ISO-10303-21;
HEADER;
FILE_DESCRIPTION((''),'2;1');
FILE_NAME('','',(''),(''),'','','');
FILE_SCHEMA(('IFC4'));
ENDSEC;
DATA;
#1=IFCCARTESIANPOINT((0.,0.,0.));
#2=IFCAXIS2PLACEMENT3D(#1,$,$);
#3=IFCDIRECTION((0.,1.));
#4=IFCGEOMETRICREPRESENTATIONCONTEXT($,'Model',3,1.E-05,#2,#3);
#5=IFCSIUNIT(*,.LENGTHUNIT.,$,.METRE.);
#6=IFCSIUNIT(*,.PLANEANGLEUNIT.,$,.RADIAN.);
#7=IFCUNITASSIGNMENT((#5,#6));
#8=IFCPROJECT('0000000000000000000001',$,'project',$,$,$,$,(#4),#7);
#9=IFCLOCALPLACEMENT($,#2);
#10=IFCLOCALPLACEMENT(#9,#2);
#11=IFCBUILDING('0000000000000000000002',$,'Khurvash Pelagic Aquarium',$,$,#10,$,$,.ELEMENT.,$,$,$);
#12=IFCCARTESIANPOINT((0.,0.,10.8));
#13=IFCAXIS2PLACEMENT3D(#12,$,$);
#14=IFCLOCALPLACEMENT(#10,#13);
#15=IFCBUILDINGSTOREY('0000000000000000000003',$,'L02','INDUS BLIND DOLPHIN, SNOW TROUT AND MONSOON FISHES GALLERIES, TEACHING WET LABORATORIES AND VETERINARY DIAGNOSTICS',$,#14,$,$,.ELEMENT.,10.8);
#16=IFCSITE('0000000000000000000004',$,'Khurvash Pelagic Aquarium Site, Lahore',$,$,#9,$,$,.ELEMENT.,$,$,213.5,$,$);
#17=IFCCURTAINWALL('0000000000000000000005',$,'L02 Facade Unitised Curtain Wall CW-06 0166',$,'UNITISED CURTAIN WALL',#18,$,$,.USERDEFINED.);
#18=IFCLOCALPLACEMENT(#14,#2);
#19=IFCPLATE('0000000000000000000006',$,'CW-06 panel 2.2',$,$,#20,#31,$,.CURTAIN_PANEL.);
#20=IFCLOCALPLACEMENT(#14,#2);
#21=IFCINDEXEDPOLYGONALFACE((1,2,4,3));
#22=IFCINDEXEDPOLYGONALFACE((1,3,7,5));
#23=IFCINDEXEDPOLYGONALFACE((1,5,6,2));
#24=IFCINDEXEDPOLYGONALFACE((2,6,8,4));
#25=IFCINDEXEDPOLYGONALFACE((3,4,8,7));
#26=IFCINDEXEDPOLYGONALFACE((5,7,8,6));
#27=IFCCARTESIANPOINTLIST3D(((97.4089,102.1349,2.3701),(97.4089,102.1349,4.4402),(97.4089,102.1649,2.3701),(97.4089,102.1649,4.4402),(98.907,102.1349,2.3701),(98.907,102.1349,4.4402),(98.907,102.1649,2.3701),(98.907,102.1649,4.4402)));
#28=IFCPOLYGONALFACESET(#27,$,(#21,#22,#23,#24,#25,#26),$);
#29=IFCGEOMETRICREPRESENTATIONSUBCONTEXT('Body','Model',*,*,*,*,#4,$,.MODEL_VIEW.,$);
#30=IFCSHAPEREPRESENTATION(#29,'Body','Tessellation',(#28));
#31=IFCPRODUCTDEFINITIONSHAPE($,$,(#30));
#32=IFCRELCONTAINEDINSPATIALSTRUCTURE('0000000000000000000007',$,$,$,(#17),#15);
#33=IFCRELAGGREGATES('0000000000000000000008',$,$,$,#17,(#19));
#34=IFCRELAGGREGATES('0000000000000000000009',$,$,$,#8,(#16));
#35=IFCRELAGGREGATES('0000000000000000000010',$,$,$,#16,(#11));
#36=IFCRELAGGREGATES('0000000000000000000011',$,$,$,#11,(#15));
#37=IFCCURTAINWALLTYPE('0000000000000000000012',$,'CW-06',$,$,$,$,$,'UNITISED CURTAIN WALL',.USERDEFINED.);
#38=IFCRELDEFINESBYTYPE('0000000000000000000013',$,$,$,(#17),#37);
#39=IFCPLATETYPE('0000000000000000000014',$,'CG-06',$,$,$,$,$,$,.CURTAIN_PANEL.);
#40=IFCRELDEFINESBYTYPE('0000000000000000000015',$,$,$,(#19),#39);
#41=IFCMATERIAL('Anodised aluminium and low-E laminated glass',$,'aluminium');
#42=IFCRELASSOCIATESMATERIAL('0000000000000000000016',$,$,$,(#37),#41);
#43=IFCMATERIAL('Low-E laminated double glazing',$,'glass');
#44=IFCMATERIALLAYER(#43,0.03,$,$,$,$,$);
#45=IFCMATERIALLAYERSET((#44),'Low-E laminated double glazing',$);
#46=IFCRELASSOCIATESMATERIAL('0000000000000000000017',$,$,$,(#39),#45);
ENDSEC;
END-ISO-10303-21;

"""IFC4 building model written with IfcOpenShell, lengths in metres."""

from ifc_helpers import new_model, si_unit, direction, frame, origin, origin_2d, place, context, subcontext, project, spatial, rectangle, extrude, material, layer, layer_set, type_object, element, aggregate, save


model = new_model("IFC4")

# Units and contexts
model_context = context("Model", 3, precision=1e-05, world=origin(), true_north=direction((0.0, 1.0)))
body_context = subcontext(model_context, "Body", "Model", "MODEL_VIEW")
ifc_project = project(units=[si_unit("LENGTHUNIT", "METRE"), si_unit("PLANEANGLEUNIT", "RADIAN")], contexts=[model_context])

# Site, building, storey
site_placement = place(None, origin())
site = spatial("IfcSite", under=ifc_project, at=site_placement, Name="Khurvash Pelagic Aquarium Site, Lahore", CompositionType="ELEMENT", RefElevation=213.5)
building_placement = place(site_placement, origin())
building = spatial("IfcBuilding", under=site, at=building_placement, Name="Khurvash Pelagic Aquarium", CompositionType="ELEMENT")
storey_placement = place(building_placement, frame((0.0, 0.0, 10.8)))
storey = spatial("IfcBuildingStorey", under=building, at=storey_placement, Name="L02", Description="INDUS BLIND DOLPHIN, SNOW TROUT AND MONSOON FISHES GALLERIES, TEACHING WET LABORATORIES AND VETERINARY DIAGNOSTICS", CompositionType="ELEMENT", Elevation=10.8)

# Curtain wall
ifc_material_1 = material(Name="Anodised aluminium and low-E laminated glass", Category="aluminium")
curtain_wall_type = type_object("IfcCurtainWallType", Name="CW-06", ElementType="UNITISED CURTAIN WALL", PredefinedType="USERDEFINED", material=ifc_material_1)
curtain_wall_1_placement = place(storey_placement, origin())
curtain_wall_1 = element("IfcCurtainWall", 1, at=curtain_wall_1_placement, inside=storey, type_object=curtain_wall_type, Name="L02 Facade Unitised Curtain Wall CW-06 0166", ObjectType="UNITISED CURTAIN WALL", PredefinedType="USERDEFINED")

# Plate
ifc_material_2 = material(Name="Low-E laminated double glazing", Category="glass")
ifc_layer = layer(ifc_material_2, 0.03)
ifc_layer_set = layer_set([ifc_layer], Name="Low-E laminated double glazing")
plate_type = type_object("IfcPlateType", Name="CG-06", PredefinedType="CURTAIN_PANEL", material=ifc_layer_set)
plate_1_placement = place(storey_placement, frame((98.158, 102.1499, 2.3701), z_axis=(0.0, 0.0, 1.0), x_axis=(-1.0, 0.0, 0.0)))
plate_1 = element("IfcPlate", 2, at=plate_1_placement, type_object=plate_type, Name="CW-06 panel 2.2", PredefinedType="CURTAIN_PANEL", context=body_context, shape_type="SweptSolid", body=[
    extrude(rectangle(XDim=1.498, YDim=0.03, at=origin_2d()), origin(), (0.0, 0.0, 1.0), 2.0701),
])
aggregate(curtain_wall_1, [plate_1])

save(model, "model.ifc")
